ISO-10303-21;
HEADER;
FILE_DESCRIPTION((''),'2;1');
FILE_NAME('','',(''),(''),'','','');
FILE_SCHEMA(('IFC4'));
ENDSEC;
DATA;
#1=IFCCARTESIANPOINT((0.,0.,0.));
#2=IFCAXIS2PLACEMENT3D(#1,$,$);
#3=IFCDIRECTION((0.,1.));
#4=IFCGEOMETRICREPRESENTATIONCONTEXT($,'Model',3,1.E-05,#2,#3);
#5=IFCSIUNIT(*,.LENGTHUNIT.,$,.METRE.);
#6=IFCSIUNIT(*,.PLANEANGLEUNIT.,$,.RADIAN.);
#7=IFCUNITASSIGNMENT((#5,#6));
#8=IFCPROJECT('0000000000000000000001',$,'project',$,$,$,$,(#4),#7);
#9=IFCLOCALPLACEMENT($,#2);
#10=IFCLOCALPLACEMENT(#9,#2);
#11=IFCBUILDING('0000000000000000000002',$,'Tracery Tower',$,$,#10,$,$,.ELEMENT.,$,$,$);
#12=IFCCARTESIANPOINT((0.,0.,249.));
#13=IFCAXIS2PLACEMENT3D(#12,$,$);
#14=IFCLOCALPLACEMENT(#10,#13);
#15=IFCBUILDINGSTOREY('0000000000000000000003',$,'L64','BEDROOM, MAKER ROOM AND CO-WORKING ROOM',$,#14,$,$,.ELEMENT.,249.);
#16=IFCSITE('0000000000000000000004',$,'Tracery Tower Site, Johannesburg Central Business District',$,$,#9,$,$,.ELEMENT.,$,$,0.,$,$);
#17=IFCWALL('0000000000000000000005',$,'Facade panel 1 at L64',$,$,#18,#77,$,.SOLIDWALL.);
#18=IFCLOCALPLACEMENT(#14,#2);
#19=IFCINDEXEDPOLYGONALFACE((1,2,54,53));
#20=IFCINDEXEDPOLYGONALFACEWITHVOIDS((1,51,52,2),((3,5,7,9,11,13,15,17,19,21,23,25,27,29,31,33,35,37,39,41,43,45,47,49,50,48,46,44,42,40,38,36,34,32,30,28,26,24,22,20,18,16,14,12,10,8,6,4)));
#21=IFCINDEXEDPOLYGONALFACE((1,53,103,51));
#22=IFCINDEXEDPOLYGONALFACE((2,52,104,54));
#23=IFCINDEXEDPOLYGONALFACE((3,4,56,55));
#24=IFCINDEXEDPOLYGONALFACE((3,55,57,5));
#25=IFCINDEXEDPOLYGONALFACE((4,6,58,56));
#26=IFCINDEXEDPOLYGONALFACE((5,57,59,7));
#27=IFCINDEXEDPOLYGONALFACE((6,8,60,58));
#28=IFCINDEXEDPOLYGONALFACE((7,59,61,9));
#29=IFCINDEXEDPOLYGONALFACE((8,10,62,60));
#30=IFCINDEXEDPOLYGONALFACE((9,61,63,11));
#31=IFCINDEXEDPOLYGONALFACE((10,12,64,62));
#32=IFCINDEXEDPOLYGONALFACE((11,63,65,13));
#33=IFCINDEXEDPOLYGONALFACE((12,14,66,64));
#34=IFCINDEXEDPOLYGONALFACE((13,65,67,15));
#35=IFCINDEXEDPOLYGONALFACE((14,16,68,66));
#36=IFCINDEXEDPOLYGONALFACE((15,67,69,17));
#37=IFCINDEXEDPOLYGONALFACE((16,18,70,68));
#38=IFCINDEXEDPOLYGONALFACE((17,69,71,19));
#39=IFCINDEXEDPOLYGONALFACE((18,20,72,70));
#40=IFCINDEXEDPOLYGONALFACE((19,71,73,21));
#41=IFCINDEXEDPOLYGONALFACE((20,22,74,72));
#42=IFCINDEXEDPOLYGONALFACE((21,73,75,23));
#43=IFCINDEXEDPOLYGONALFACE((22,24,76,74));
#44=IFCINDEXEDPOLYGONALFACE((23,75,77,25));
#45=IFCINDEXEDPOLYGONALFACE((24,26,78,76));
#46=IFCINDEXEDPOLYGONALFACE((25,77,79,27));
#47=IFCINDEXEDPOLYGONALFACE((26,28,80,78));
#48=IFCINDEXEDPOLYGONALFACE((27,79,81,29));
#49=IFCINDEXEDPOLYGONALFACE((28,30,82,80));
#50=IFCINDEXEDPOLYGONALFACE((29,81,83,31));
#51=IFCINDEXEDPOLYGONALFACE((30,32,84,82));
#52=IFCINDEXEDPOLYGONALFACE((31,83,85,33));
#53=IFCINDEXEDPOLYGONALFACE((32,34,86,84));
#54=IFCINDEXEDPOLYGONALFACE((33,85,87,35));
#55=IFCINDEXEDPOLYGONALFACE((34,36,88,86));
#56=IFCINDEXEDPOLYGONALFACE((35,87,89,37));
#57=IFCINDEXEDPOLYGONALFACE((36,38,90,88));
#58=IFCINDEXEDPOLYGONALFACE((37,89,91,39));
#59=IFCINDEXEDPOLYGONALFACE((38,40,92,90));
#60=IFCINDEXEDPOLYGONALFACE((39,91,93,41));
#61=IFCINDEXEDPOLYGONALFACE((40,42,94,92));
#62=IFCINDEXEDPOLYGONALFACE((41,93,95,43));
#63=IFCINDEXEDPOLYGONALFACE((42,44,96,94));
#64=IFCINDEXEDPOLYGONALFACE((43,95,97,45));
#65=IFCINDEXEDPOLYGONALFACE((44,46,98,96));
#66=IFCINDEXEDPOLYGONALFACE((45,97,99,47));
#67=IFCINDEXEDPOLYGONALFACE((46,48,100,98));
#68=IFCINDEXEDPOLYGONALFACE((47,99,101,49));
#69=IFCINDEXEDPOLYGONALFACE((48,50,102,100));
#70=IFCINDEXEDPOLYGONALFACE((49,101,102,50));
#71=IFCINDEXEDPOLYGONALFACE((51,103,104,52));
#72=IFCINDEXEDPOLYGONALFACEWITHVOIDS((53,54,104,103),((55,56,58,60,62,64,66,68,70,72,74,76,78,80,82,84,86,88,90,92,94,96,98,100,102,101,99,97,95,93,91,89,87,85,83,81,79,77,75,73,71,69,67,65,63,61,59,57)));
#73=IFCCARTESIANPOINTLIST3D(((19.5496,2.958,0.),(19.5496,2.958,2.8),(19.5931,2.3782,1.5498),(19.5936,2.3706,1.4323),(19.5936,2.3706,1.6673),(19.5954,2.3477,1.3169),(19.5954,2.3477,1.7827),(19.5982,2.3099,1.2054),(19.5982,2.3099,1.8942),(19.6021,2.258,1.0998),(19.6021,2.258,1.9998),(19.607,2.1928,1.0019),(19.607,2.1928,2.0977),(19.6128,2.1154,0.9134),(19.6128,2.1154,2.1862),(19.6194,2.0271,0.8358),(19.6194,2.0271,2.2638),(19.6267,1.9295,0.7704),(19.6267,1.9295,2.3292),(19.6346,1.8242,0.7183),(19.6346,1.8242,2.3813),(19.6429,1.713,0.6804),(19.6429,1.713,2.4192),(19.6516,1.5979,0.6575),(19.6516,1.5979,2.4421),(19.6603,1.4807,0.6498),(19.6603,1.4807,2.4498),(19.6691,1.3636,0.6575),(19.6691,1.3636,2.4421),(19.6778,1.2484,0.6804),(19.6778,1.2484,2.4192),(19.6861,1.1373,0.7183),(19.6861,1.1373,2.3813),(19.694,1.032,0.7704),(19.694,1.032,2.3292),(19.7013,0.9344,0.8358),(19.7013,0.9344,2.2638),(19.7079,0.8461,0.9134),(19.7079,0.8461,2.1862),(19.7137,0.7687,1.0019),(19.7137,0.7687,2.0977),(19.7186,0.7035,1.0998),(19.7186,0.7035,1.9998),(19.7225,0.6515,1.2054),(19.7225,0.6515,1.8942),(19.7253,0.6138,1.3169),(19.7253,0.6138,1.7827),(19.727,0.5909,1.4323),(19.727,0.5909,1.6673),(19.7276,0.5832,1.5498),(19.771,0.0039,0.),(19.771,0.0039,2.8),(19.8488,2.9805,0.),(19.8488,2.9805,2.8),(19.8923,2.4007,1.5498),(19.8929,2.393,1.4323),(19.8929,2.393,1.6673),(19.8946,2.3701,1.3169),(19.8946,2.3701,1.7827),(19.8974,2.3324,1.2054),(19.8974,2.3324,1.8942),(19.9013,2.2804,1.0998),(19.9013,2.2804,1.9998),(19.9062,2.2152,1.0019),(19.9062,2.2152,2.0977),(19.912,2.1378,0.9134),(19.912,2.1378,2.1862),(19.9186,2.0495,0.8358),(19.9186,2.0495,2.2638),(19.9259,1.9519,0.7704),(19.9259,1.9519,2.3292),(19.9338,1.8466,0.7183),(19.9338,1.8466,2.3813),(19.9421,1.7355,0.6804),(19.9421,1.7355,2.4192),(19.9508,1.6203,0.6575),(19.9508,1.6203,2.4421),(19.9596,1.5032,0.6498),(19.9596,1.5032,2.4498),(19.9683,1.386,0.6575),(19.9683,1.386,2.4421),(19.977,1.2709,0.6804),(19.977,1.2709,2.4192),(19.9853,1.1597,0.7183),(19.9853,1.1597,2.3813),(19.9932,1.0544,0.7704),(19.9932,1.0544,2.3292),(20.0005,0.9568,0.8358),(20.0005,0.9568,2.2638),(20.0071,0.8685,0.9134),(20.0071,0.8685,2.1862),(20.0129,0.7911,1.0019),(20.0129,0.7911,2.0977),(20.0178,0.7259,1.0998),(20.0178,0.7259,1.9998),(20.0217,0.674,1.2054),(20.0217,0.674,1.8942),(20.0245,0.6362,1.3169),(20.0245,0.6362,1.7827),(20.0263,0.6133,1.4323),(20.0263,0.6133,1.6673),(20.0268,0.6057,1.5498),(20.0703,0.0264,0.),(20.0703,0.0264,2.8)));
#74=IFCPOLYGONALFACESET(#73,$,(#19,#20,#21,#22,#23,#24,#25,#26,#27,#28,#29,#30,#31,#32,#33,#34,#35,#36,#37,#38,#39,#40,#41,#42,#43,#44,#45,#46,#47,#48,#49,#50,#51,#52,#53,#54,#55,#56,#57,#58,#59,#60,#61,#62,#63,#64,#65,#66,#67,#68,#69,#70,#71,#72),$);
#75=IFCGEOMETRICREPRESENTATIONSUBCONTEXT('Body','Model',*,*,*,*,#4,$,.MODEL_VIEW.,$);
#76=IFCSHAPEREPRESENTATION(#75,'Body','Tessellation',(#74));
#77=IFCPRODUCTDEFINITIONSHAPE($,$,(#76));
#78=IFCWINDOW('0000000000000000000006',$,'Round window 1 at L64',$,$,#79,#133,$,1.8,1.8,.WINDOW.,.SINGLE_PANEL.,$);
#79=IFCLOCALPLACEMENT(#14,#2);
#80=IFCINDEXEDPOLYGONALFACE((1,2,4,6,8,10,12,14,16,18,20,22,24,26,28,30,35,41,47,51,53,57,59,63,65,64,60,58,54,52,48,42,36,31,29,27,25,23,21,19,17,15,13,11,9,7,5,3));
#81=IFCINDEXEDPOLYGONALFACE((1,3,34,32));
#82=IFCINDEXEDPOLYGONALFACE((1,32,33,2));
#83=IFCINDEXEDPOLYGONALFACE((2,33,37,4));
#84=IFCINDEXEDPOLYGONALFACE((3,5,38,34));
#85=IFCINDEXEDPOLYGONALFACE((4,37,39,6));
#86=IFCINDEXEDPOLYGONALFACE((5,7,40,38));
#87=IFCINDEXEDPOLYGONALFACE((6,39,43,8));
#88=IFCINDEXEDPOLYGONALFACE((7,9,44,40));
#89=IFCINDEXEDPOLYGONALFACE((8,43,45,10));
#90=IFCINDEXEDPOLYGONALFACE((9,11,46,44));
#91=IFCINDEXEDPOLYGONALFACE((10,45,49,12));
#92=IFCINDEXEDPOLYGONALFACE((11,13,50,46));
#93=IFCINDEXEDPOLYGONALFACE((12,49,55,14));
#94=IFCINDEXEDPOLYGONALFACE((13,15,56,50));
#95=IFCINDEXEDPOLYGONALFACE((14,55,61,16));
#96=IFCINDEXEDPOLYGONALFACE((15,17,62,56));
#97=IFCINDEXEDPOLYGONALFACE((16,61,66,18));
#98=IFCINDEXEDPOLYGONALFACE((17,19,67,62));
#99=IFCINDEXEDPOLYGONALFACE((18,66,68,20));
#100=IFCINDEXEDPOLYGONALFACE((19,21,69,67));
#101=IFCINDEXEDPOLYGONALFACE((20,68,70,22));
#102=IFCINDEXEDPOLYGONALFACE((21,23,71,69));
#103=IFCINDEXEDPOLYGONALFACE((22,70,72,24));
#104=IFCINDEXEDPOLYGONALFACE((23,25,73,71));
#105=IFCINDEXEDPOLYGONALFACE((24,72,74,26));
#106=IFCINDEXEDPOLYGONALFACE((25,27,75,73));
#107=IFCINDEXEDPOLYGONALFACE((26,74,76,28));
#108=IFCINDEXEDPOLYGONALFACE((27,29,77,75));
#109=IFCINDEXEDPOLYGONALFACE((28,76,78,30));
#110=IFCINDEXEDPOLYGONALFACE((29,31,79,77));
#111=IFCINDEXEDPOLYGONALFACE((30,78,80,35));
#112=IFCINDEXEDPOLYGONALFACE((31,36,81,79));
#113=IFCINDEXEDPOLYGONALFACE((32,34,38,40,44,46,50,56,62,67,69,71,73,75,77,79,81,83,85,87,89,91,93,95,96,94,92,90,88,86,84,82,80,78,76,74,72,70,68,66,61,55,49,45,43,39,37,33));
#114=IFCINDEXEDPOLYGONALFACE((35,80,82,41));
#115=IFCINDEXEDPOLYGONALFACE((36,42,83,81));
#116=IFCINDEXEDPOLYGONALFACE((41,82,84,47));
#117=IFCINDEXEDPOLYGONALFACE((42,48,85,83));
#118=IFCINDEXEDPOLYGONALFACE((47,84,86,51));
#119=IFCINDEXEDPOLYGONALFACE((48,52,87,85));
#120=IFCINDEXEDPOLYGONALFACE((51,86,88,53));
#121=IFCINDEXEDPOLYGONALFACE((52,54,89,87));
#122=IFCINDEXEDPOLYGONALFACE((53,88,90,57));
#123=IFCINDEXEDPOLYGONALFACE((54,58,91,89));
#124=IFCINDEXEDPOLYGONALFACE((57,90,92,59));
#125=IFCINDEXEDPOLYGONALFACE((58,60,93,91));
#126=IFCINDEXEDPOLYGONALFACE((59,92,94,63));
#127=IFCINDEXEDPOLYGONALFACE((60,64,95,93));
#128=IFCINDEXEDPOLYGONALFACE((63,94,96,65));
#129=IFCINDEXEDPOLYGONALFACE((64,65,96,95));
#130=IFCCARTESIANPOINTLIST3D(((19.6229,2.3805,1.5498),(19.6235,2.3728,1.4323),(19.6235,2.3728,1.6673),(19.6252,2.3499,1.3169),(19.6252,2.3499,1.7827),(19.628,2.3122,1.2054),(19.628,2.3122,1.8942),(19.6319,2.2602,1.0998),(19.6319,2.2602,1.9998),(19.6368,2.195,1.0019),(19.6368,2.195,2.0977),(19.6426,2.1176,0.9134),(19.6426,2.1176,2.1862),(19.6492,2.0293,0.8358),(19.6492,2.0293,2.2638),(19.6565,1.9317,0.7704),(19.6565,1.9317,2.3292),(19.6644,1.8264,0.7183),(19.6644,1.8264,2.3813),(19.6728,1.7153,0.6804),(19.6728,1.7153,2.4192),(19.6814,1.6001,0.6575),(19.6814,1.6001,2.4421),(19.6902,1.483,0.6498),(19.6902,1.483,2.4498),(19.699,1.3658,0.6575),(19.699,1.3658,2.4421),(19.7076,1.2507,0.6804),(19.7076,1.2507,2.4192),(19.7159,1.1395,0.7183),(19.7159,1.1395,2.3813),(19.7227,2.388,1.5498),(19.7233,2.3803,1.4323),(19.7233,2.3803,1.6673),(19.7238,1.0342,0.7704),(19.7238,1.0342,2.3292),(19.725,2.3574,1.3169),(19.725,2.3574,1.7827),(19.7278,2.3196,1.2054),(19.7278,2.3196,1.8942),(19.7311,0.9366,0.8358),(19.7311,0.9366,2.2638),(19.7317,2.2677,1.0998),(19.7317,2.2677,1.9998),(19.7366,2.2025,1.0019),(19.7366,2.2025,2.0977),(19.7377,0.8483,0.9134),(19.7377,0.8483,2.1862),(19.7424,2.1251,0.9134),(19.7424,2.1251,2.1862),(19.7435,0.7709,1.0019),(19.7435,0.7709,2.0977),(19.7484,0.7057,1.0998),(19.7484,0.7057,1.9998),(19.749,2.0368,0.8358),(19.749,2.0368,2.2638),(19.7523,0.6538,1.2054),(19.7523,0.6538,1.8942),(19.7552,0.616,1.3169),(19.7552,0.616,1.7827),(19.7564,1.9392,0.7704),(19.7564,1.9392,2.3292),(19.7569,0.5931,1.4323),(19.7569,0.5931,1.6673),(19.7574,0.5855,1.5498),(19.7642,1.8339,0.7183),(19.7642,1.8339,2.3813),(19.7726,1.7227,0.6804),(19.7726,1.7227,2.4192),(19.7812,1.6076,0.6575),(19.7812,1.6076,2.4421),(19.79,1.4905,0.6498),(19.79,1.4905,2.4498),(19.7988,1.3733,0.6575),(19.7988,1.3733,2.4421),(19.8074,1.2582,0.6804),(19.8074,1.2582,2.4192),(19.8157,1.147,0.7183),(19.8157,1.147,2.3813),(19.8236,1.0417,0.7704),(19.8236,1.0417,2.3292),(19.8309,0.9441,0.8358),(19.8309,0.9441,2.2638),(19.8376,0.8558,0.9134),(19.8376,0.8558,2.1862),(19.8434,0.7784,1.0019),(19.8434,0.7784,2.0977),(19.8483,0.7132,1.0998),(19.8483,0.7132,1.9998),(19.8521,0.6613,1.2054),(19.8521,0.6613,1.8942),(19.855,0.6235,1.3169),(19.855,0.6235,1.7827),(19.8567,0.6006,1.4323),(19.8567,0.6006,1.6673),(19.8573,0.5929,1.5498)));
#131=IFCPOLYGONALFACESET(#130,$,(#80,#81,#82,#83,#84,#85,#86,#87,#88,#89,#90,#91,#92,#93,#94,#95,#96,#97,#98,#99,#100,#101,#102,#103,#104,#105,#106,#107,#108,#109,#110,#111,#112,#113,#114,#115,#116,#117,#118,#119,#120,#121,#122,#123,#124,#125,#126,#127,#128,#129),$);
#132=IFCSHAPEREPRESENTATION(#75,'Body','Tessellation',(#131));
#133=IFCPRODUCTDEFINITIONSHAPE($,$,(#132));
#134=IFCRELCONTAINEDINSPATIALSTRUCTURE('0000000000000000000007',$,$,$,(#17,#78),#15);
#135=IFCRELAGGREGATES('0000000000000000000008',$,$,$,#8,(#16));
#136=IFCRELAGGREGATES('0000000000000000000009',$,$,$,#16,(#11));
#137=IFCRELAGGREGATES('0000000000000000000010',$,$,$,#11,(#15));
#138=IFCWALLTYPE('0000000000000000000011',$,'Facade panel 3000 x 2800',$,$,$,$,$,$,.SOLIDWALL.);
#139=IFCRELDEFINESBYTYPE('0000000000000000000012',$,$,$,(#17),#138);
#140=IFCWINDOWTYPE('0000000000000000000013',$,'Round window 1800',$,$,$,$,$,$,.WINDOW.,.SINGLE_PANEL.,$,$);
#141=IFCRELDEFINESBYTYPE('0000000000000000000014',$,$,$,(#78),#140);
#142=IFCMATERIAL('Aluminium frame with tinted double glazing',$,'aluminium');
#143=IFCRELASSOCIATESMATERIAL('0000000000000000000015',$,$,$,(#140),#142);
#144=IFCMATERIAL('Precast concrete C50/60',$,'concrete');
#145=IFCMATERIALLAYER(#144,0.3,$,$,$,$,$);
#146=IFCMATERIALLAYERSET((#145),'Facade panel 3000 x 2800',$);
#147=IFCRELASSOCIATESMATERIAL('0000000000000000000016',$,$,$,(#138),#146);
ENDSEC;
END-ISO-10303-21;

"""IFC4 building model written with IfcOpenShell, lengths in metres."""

from ifc_helpers import new_model, si_unit, direction, frame, frame_2d, origin, origin_2d, place, context, subcontext, project, spatial, rectangle, circle, extrude, material, layer, layer_set, type_object, element, fill, save


model = new_model("IFC4")

# Units and contexts
model_context = context("Model", 3, precision=1e-05, world=origin(), true_north=direction((0.0, 1.0)))
body_context = subcontext(model_context, "Body", "Model", "MODEL_VIEW")
ifc_project = project(units=[si_unit("LENGTHUNIT", "METRE"), si_unit("PLANEANGLEUNIT", "RADIAN")], contexts=[model_context])

# Site, building, storey
site_placement = place(None, origin())
site = spatial("IfcSite", under=ifc_project, at=site_placement, Name="Tracery Tower Site, Johannesburg Central Business District", CompositionType="ELEMENT", RefElevation=0.0)
building_placement = place(site_placement, origin())
building = spatial("IfcBuilding", under=site, at=building_placement, Name="Tracery Tower", CompositionType="ELEMENT")
storey_placement = place(building_placement, frame((0.0, 0.0, 249.0)))
storey = spatial("IfcBuildingStorey", under=building, at=storey_placement, Name="L64", Description="BEDROOM, MAKER ROOM AND CO-WORKING ROOM", CompositionType="ELEMENT", Elevation=249.0)

# Wall, opening, window
ifc_material_1 = material(Name="Aluminium frame with tinted double glazing", Category="aluminium")
window_type = type_object("IfcWindowType", Name="Round window 1800", PartitioningType="SINGLE_PANEL", PredefinedType="WINDOW", material=ifc_material_1)
ifc_material_2 = material(Name="Precast concrete C50/60", Category="concrete")
ifc_layer_1 = layer(ifc_material_2, 0.3)
ifc_layer_set_1 = layer_set([ifc_layer_1], Name="Facade panel 3000 x 2800")
wall_type_1 = type_object("IfcWallType", Name="Facade panel 3000 x 2800", PredefinedType="SOLIDWALL", material=ifc_layer_set_1)
wall_1_placement = place(storey_placement, frame((19.9207, 0.0151, 0.0), z_axis=(0.0, 0.0, 1.0), x_axis=(-0.074749, 0.997202, 0.0)))
wall_1 = element("IfcWall", 1, at=wall_1_placement, inside=storey, type_object=wall_type_1, Name="Facade panel 1 at L64", PredefinedType="SOLIDWALL", context=body_context, shape_type="SweptSolid", body=[
    extrude(rectangle(XDim=2.9624, YDim=0.3, at=frame_2d((1.4812, 0.0))), origin(), (0.0, 0.0, 1.0), 2.8),
])
opening_1_placement = place(wall_1_placement, frame((1.481, 0.0, 1.5498)))
opening_1 = element("IfcOpeningElement", 2, at=opening_1_placement, cuts=wall_1, PredefinedType="OPENING", context=body_context, shape_type="SweptSolid", body=[
    extrude(circle(Radius=0.9, at=origin_2d()), frame((0.0, 0.1599, 0.0), z_axis=(0.0, -1.0, 0.0), x_axis=(1.0, 0.0, 0.0)), (0.0, 0.0, 1.0), 0.3201),
])
window_1_placement = place(opening_1_placement, origin())
window_1 = element("IfcWindow", 3, at=window_1_placement, inside=storey, type_object=window_type, Name="Round window 1 at L64", OverallHeight=1.8, OverallWidth=1.8, PartitioningType="SINGLE_PANEL", PredefinedType="WINDOW", context=body_context, shape_type="SweptSolid", body=[
    extrude(circle(Radius=0.9, at=origin_2d()), frame((0.0, 0.1201, 0.0), z_axis=(0.0, -1.0, 0.0), x_axis=(1.0, 0.0, 0.0)), (0.0, 0.0, 1.0), 0.1001),
])
fill(opening_1, window_1)

save(model, "model.ifc")
